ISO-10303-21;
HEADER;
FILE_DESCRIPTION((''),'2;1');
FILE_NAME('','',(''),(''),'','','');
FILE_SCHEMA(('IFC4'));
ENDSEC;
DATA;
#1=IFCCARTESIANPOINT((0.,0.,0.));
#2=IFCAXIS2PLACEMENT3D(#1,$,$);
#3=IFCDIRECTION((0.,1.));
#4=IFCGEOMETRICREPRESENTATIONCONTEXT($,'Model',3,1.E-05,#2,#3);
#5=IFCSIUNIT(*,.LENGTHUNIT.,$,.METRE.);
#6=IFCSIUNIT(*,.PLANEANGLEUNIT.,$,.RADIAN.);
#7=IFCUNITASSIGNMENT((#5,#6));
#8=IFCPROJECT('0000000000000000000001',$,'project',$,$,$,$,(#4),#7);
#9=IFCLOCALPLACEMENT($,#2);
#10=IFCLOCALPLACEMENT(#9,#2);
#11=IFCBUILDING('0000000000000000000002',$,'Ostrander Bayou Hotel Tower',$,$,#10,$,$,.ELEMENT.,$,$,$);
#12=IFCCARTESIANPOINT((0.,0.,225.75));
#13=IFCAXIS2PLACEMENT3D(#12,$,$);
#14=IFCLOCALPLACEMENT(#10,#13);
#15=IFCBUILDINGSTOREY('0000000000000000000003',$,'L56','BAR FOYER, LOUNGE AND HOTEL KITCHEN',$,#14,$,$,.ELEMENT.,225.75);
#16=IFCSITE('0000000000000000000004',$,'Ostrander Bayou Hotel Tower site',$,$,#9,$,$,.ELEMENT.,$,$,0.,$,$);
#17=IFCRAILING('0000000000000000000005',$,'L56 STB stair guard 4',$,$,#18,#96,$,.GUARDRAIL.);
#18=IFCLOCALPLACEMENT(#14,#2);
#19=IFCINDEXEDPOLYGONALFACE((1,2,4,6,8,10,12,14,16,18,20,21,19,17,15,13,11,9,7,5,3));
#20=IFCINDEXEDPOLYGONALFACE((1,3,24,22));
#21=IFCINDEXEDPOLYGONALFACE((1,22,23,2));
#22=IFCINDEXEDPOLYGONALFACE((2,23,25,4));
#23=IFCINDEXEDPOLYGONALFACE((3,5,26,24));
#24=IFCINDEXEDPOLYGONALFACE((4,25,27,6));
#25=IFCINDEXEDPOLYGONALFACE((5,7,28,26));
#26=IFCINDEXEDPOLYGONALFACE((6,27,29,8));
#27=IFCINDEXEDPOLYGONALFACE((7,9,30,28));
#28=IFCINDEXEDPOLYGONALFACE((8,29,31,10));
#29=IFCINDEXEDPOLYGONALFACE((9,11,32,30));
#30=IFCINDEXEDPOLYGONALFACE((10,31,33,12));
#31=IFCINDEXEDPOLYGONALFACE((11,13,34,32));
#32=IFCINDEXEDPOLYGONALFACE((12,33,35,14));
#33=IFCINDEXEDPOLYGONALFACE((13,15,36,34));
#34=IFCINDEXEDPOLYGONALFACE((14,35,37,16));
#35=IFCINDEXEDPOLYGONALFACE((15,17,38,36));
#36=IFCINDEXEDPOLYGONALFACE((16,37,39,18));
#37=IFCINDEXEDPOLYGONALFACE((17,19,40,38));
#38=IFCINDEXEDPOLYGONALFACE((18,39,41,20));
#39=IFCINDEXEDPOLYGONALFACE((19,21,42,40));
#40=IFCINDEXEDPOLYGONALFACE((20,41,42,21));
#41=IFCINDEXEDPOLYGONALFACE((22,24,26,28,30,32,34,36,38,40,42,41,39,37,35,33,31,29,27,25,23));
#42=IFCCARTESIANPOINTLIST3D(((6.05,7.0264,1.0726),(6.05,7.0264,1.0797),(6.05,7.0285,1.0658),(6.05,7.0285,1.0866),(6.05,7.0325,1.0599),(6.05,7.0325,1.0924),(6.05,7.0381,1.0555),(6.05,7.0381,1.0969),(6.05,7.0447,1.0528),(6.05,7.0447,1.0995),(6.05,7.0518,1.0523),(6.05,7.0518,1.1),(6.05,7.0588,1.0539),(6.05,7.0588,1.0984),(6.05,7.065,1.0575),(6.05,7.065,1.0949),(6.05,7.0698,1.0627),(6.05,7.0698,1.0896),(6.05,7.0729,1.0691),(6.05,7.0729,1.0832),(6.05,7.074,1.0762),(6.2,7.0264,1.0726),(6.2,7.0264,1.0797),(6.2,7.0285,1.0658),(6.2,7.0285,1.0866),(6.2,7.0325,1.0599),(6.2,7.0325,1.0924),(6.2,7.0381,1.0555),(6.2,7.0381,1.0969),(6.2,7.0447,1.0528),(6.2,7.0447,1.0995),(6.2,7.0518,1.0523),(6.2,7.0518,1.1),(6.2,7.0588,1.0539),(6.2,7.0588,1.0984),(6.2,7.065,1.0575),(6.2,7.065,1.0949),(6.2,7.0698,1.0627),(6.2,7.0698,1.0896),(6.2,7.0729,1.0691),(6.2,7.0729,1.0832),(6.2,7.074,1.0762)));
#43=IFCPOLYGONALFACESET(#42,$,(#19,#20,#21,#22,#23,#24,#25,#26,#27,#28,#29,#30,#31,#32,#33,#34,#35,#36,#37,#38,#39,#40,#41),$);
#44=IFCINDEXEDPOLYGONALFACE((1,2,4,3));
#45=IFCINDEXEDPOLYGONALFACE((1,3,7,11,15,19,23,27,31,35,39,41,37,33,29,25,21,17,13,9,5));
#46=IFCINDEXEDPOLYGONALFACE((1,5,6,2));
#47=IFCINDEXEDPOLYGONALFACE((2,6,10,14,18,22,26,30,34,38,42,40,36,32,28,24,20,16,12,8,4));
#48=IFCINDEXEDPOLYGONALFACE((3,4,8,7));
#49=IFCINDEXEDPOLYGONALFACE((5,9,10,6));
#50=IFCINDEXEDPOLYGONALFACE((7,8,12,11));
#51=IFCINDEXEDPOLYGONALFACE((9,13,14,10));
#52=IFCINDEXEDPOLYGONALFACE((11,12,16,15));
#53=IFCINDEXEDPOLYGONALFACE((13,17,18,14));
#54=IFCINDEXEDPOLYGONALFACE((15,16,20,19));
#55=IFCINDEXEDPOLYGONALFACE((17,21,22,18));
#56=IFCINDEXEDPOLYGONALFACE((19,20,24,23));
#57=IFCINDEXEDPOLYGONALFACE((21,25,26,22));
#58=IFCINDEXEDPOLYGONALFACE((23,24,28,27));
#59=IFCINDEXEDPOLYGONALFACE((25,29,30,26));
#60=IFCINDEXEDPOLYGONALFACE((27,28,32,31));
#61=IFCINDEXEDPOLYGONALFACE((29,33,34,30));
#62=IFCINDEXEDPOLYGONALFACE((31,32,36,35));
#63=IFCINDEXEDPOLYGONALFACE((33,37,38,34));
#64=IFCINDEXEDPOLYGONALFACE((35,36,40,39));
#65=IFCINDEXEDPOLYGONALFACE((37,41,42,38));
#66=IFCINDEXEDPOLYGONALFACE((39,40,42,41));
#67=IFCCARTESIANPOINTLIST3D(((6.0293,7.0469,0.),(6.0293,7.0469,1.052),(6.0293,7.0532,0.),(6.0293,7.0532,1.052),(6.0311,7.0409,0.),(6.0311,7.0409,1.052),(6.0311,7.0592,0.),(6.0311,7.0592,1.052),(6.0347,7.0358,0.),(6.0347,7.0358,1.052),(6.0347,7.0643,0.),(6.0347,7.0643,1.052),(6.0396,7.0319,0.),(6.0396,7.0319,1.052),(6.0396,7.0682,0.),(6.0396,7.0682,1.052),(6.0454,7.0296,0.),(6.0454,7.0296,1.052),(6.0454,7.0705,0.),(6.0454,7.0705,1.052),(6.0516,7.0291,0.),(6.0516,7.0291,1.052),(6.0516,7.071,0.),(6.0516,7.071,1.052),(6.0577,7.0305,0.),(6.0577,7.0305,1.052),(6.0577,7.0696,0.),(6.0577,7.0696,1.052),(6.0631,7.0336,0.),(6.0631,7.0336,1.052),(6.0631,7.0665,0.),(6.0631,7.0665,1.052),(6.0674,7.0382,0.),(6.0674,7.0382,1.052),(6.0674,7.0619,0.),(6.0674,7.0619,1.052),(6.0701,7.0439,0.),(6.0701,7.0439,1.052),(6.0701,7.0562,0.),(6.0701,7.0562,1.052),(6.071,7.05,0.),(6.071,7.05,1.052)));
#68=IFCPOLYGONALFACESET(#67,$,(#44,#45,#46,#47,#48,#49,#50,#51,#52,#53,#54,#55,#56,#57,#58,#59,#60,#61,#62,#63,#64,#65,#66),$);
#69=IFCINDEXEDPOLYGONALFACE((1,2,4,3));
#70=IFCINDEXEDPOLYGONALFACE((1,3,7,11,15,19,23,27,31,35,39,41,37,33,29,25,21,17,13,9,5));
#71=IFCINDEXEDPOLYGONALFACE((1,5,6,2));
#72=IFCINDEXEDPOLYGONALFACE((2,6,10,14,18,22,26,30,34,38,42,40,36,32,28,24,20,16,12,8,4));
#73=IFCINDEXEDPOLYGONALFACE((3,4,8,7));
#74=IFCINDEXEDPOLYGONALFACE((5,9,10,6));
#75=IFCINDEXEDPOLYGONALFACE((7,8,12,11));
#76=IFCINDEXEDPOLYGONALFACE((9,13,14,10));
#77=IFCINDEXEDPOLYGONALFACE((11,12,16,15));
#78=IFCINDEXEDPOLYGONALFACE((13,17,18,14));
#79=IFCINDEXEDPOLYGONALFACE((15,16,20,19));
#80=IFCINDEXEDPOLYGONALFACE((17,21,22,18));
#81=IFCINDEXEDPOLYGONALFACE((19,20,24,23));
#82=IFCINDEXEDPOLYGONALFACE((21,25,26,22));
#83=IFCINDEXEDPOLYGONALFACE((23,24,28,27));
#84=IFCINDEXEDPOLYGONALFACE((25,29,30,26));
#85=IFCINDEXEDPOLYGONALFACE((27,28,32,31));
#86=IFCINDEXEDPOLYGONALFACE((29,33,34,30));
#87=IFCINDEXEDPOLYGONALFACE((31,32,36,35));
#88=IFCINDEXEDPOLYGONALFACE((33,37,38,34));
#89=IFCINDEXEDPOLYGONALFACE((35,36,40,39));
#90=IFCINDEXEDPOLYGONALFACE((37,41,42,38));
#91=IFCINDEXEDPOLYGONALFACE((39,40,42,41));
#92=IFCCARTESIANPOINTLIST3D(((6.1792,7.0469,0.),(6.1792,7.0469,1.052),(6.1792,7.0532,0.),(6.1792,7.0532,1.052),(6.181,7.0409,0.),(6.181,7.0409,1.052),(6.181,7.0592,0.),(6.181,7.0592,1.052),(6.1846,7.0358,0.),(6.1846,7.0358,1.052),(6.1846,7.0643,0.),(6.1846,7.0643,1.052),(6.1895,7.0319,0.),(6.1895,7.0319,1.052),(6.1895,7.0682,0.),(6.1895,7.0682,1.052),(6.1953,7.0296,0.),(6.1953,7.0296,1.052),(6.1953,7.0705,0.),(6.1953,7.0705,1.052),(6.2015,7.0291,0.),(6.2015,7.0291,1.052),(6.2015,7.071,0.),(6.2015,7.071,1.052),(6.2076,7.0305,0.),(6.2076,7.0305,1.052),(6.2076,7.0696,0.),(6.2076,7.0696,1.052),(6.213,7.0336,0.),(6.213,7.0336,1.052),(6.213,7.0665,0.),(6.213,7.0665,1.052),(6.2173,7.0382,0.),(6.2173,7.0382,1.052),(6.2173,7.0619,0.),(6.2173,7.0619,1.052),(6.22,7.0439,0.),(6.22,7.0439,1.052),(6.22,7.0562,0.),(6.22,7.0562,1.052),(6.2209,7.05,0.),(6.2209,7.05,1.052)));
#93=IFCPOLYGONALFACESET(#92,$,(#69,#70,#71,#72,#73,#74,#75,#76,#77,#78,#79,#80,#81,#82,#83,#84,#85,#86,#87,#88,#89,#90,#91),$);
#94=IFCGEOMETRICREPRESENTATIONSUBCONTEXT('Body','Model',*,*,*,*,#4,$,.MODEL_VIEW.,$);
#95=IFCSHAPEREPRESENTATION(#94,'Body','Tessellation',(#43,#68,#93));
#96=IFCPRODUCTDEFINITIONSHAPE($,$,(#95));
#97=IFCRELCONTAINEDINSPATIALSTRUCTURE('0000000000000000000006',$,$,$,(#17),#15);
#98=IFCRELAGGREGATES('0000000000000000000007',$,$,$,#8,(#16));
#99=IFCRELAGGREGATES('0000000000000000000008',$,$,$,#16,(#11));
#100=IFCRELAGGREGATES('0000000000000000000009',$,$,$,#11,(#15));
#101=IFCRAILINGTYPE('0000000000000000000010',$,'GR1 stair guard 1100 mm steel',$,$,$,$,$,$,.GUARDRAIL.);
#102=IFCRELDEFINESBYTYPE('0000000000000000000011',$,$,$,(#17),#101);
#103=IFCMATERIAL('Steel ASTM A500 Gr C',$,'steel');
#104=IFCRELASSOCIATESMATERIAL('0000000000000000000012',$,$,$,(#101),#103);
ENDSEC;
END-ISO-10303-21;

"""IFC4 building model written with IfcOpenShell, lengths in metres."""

from ifc_helpers import new_model, si_unit, direction, frame, origin, origin_2d, place, context, subcontext, project, spatial, circle, extrude, material, type_object, element, save


model = new_model("IFC4")

# Units and contexts
model_context = context("Model", 3, precision=1e-05, world=origin(), true_north=direction((0.0, 1.0)))
body_context = subcontext(model_context, "Body", "Model", "MODEL_VIEW")
ifc_project = project(units=[si_unit("LENGTHUNIT", "METRE"), si_unit("PLANEANGLEUNIT", "RADIAN")], contexts=[model_context])

# Site, building, storey
site_placement = place(None, origin())
site = spatial("IfcSite", under=ifc_project, at=site_placement, Name="Ostrander Bayou Hotel Tower site", CompositionType="ELEMENT", RefElevation=0.0)
building_placement = place(site_placement, origin())
building = spatial("IfcBuilding", under=site, at=building_placement, Name="Ostrander Bayou Hotel Tower", CompositionType="ELEMENT")
storey_placement = place(building_placement, frame((0.0, 0.0, 225.75)))
storey = spatial("IfcBuildingStorey", under=building, at=storey_placement, Name="L56", Description="BAR FOYER, LOUNGE AND HOTEL KITCHEN", CompositionType="ELEMENT", Elevation=225.75)

# Railing
ifc_material_1 = material(Name="Steel ASTM A500 Gr C", Category="steel")
railing_type_1 = type_object("IfcRailingType", Name="GR1 stair guard 1100 mm steel", PredefinedType="GUARDRAIL", material=ifc_material_1)
railing_1_placement = place(storey_placement, frame((6.05, 7.05, 0.0)))
element("IfcRailing", 1, at=railing_1_placement, inside=storey, type_object=railing_type_1, Name="L56 STB stair guard 4", PredefinedType="GUARDRAIL", context=body_context, shape_type="SweptSolid", body=[
    extrude(circle(Radius=0.0239, at=origin_2d()), frame((0.0, 0.0, 1.0762), z_axis=(1.0, 0.0, 0.0), x_axis=(0.0, 1.0, 0.0)), (0.0, 0.0, 1.0), 0.1499),
    extrude(circle(Radius=0.021, at=origin_2d()), origin(), (0.0, 0.0, 1.0), 1.052),
    extrude(circle(Radius=0.021, at=origin_2d()), frame((0.1499, 0.0, 0.0)), (0.0, 0.0, 1.0), 1.052),
])

save(model, "model.ifc")
